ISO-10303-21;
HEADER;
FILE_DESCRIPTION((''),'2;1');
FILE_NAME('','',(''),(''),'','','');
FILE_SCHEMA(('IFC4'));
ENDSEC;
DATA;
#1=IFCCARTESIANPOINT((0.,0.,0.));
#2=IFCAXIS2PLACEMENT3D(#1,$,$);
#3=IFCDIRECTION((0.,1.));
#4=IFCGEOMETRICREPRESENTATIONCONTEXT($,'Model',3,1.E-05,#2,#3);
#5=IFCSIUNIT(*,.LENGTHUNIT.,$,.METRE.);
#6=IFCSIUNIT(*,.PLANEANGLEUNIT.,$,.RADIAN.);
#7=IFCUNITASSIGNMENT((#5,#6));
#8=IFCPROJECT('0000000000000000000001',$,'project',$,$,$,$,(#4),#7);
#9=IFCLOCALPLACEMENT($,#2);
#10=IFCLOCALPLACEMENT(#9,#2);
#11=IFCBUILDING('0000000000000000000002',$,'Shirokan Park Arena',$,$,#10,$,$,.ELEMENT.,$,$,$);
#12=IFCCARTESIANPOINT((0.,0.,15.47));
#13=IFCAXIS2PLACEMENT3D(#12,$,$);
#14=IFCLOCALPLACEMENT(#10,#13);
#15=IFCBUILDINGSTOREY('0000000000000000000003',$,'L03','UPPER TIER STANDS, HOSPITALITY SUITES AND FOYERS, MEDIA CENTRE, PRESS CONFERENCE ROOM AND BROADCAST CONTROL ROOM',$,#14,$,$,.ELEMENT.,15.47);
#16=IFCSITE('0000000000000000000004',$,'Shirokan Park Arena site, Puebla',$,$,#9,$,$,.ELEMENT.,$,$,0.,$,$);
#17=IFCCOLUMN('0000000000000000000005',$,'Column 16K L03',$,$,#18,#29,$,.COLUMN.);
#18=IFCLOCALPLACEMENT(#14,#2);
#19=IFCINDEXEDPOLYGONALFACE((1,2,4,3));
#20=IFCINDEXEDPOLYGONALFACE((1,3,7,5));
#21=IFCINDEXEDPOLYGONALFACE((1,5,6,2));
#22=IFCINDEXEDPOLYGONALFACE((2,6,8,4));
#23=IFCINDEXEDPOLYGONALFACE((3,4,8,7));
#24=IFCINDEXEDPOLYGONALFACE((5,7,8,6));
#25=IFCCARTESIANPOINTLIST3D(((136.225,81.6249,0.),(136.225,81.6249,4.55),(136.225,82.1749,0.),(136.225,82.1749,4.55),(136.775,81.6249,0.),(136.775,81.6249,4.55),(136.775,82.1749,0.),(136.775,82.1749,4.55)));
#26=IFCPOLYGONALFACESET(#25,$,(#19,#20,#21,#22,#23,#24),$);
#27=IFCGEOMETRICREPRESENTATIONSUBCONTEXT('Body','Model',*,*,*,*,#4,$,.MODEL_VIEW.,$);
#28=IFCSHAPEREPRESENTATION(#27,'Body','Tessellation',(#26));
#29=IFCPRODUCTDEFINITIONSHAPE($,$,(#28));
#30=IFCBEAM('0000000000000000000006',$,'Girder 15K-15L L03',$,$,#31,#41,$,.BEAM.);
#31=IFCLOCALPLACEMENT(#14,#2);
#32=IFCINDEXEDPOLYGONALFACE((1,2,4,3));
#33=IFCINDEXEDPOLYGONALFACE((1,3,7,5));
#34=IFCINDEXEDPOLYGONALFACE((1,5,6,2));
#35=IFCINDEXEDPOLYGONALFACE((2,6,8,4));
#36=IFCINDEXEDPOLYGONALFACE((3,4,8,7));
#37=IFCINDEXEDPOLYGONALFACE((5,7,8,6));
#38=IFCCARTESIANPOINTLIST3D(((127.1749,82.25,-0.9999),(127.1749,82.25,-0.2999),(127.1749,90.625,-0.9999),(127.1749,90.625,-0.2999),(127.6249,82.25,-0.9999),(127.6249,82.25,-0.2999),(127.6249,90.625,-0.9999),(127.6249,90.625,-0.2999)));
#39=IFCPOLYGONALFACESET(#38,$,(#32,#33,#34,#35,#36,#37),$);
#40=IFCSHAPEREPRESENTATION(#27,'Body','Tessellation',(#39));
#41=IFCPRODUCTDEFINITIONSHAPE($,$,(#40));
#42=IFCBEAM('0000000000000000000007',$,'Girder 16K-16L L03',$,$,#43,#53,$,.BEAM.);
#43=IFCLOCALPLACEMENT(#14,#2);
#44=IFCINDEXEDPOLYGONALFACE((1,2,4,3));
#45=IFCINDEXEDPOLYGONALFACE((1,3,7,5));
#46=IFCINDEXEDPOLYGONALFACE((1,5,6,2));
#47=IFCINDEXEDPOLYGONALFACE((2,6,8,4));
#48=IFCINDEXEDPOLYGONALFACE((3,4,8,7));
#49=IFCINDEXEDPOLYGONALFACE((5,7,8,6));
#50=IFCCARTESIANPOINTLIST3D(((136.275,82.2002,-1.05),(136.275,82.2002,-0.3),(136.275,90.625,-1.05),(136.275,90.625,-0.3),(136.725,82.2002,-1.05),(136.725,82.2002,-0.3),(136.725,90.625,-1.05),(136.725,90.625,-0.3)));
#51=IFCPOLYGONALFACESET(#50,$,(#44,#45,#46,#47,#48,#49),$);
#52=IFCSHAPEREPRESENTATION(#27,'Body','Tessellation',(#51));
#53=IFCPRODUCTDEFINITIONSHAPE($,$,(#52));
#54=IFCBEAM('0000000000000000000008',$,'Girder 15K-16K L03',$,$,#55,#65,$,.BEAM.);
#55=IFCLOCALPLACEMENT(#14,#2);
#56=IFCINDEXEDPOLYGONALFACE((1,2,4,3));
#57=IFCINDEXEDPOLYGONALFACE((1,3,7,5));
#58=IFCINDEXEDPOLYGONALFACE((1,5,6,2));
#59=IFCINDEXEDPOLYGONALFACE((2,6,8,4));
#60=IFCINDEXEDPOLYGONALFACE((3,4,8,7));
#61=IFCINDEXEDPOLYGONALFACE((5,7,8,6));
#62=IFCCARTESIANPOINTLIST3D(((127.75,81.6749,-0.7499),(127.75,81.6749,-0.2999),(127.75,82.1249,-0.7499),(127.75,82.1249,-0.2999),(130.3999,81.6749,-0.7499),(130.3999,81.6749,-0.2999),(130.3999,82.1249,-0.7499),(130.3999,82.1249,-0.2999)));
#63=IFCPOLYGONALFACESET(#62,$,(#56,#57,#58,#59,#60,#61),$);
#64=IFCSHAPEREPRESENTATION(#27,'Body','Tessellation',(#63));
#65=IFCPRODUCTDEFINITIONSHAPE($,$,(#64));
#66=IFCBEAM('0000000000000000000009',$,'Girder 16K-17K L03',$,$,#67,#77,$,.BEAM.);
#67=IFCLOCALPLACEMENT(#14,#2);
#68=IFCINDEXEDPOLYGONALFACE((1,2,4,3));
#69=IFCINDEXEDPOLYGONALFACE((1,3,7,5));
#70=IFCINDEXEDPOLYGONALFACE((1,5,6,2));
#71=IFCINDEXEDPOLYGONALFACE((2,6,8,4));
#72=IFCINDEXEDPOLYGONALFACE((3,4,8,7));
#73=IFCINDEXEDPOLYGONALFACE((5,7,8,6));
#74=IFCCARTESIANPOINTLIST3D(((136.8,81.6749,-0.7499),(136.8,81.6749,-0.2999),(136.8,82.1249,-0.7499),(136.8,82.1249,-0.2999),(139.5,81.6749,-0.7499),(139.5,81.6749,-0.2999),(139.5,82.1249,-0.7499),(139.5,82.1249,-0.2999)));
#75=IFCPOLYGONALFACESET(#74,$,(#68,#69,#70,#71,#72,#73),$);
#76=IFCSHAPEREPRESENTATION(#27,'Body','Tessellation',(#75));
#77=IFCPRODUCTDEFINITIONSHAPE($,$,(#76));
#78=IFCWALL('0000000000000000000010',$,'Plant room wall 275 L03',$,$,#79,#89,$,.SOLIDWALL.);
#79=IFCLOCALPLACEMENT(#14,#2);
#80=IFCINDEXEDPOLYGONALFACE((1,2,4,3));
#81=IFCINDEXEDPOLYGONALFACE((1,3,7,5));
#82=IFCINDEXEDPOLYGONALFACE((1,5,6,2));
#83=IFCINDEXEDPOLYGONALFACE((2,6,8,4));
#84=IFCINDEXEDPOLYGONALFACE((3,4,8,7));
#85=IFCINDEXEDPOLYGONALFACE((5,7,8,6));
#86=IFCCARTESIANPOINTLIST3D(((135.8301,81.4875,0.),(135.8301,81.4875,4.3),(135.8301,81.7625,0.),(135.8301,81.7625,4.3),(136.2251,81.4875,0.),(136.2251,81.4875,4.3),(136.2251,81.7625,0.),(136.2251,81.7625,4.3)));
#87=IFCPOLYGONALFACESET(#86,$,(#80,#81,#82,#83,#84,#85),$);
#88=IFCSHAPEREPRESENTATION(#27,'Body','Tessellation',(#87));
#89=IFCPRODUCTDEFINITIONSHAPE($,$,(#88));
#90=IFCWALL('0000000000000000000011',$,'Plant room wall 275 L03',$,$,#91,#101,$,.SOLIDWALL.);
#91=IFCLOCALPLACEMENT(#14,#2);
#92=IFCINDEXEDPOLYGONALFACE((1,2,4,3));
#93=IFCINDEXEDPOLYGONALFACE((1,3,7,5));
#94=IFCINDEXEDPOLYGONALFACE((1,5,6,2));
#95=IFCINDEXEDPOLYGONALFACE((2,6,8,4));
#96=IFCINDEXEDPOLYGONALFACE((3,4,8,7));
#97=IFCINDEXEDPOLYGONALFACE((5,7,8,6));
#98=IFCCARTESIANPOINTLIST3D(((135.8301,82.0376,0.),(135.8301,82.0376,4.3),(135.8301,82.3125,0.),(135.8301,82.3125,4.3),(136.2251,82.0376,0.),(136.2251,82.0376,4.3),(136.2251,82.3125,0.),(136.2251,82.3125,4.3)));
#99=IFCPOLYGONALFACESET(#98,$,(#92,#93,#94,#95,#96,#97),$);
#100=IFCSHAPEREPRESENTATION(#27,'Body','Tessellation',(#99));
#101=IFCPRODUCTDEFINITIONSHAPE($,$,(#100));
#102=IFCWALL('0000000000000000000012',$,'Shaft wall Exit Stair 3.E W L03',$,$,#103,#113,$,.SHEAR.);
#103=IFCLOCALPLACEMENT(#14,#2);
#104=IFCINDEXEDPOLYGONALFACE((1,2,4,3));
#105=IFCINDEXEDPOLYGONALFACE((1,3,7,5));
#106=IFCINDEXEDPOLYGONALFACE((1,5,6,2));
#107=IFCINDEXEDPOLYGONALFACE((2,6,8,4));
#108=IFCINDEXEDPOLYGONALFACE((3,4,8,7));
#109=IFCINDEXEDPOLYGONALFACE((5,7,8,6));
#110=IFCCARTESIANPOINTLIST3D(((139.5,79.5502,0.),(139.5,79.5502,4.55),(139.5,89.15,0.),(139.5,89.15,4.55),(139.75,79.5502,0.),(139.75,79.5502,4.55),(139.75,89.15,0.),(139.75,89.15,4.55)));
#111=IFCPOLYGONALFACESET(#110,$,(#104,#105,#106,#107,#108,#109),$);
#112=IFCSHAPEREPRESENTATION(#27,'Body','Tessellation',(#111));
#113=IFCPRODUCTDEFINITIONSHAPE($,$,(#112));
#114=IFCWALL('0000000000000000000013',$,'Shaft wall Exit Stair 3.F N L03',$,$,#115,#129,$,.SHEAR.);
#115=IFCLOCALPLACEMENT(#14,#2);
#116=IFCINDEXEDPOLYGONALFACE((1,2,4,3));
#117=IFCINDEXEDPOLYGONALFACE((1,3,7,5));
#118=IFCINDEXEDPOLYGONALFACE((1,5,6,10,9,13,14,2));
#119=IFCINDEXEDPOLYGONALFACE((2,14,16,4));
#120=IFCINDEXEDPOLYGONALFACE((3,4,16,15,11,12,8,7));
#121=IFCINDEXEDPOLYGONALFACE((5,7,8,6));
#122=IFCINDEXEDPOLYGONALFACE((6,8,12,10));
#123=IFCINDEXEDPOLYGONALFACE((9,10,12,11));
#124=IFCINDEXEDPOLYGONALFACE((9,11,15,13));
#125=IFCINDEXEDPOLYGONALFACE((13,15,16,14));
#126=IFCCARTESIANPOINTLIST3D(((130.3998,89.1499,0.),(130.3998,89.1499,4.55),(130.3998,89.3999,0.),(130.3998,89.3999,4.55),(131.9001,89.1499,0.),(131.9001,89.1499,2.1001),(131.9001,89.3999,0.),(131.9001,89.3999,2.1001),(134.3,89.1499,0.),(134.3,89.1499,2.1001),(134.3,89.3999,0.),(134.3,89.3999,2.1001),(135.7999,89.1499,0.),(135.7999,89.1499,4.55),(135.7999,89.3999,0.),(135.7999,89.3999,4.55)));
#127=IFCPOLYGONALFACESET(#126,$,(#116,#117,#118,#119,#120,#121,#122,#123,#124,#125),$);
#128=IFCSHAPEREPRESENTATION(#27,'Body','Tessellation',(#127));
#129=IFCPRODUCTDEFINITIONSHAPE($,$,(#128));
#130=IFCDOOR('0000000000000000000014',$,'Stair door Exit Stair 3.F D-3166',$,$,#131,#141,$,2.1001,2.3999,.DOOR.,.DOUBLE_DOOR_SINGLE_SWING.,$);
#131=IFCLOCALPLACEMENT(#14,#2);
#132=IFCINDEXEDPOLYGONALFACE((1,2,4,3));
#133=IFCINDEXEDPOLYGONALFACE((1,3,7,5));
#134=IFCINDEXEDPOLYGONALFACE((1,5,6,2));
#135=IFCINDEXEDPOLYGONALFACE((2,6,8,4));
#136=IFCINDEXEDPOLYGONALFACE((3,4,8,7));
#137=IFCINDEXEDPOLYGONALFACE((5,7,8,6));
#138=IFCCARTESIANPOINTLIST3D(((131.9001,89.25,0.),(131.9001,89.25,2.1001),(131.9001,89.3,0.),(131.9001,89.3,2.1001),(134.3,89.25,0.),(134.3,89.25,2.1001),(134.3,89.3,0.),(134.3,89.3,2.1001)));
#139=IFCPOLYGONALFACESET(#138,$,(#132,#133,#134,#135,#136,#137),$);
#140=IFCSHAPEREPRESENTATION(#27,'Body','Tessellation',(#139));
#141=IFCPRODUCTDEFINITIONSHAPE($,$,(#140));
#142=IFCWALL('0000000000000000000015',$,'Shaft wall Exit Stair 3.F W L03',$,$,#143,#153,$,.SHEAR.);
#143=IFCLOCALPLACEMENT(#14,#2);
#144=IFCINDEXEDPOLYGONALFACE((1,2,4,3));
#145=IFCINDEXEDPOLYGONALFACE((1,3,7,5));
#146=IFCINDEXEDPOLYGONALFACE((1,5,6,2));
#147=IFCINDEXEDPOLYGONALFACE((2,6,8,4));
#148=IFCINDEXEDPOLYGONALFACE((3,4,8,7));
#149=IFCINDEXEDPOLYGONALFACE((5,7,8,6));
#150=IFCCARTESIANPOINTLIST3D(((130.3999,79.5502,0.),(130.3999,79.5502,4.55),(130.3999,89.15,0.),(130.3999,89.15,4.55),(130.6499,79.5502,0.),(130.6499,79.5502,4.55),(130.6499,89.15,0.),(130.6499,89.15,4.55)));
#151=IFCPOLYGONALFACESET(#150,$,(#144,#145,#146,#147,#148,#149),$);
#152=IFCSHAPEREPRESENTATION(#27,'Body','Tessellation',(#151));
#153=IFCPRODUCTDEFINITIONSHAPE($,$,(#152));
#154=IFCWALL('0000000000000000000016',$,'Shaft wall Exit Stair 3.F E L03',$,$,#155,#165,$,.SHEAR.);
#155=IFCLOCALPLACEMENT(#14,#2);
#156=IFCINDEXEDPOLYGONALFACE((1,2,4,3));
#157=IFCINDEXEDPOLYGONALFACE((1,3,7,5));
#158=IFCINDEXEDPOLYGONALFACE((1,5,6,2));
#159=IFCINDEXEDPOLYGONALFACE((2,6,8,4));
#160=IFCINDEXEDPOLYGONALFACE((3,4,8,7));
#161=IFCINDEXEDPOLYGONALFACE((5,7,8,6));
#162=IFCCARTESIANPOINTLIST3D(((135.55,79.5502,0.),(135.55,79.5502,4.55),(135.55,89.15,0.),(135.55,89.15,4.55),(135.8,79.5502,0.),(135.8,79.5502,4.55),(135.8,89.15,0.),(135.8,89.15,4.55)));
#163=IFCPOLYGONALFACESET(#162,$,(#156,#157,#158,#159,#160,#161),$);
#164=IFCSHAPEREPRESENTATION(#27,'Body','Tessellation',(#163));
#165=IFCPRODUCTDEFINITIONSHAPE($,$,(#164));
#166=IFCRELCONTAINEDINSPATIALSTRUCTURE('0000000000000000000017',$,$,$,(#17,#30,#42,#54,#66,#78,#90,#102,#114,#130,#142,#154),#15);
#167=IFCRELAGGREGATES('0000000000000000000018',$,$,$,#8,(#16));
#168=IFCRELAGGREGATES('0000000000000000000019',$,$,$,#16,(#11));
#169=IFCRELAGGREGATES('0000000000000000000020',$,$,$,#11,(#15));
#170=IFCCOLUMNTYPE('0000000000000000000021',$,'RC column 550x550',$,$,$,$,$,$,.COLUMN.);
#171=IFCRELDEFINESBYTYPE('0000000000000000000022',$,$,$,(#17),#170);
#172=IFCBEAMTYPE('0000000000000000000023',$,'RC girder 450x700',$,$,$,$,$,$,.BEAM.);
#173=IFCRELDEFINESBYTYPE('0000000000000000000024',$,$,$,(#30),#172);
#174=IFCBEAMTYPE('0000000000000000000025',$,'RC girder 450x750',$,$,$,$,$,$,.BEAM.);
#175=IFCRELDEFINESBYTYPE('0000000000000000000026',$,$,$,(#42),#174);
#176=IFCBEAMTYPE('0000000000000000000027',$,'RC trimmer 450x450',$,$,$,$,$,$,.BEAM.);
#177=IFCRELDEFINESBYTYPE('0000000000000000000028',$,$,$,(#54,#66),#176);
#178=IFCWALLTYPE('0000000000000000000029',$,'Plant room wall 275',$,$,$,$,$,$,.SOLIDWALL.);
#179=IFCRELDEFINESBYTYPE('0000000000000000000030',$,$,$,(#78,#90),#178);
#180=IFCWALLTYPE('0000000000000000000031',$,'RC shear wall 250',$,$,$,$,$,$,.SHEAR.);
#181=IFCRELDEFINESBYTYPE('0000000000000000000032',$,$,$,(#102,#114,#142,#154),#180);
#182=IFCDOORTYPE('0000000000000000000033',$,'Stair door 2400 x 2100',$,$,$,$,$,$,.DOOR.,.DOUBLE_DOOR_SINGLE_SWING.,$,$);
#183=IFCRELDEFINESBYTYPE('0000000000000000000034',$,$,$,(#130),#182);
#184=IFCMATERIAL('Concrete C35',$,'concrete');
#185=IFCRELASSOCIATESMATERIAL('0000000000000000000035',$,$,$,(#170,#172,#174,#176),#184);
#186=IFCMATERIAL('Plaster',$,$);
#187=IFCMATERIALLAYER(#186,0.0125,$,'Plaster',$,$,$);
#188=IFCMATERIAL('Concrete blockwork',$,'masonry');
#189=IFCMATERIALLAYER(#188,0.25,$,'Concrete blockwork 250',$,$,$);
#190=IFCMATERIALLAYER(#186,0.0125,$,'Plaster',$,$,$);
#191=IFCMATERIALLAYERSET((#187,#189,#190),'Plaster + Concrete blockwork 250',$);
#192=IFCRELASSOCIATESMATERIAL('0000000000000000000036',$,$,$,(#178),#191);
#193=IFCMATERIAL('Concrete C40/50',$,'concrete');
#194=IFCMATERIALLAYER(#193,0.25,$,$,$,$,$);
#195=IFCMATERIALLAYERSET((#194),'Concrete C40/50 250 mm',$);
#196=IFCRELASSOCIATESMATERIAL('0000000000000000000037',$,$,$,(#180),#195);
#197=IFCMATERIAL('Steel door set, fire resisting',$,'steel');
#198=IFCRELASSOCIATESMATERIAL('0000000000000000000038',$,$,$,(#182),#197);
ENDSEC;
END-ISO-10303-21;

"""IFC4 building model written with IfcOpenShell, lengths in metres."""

from ifc_helpers import new_model, si_unit, direction, frame, frame_2d, origin, origin_2d, place, context, subcontext, project, spatial, rectangle, extrude, material, layer, layer_set, material_profile, profile_set, type_object, element, fill, save


model = new_model("IFC4")

# Units and contexts
model_context = context("Model", 3, precision=1e-05, world=origin(), true_north=direction((0.0, 1.0)))
body_context = subcontext(model_context, "Body", "Model", "MODEL_VIEW")
ifc_project = project(units=[si_unit("LENGTHUNIT", "METRE"), si_unit("PLANEANGLEUNIT", "RADIAN")], contexts=[model_context])

# Site, building, storey
site_placement = place(None, origin())
site = spatial("IfcSite", under=ifc_project, at=site_placement, Name="Shirokan Park Arena site, Puebla", CompositionType="ELEMENT", RefElevation=0.0)
building_placement = place(site_placement, origin())
building = spatial("IfcBuilding", under=site, at=building_placement, Name="Shirokan Park Arena", CompositionType="ELEMENT")
storey_placement = place(building_placement, frame((0.0, 0.0, 15.47)))
storey = spatial("IfcBuildingStorey", under=building, at=storey_placement, Name="L03", Description="UPPER TIER STANDS, HOSPITALITY SUITES AND FOYERS, MEDIA CENTRE, PRESS CONFERENCE ROOM AND BROADCAST CONTROL ROOM", CompositionType="ELEMENT", Elevation=15.47)

# Column
ifc_material_1 = material(Name="Concrete C35", Category="concrete")
ifc_material_profile_1 = material_profile(ifc_material_1, rectangle(XDim=0.55, YDim=0.55, at=origin_2d()), Name="550x550")
ifc_profile_set_1 = profile_set([ifc_material_profile_1], Name="Concrete C35")
column_type = type_object("IfcColumnType", Name="RC column 550x550", PredefinedType="COLUMN", material=ifc_profile_set_1)
column_placement = place(storey_placement, frame((136.5, 81.8999, 0.0), z_axis=(0.0, 0.0, 1.0), x_axis=(1.0, 0.0, 0.0)))
element("IfcColumn", 1, at=column_placement, inside=storey, type_object=column_type, Name="Column 16K L03", PredefinedType="COLUMN", context=body_context, shape_type="SweptSolid", body=[
    extrude(rectangle(XDim=0.55, YDim=0.55, at=origin_2d()), origin(), (0.0, 0.0, 1.0), 4.55),
])

# Beams
ifc_material_profile_2 = material_profile(ifc_material_1, rectangle(XDim=0.45, YDim=0.7, at=origin_2d()), Name="450x700")
ifc_profile_set_2 = profile_set([ifc_material_profile_2], Name="Concrete C35")
beam_type_1 = type_object("IfcBeamType", Name="RC girder 450x700", PredefinedType="BEAM", material=ifc_profile_set_2)
beam_1_placement = place(storey_placement, frame((127.3999, 82.25, -0.6499), z_axis=(0.0, 1.0, 0.0), x_axis=(-1.0, 0.0, 0.0)))
element("IfcBeam", 2, at=beam_1_placement, inside=storey, type_object=beam_type_1, Name="Girder 15K-15L L03", PredefinedType="BEAM", context=body_context, shape_type="SweptSolid", body=[
    extrude(rectangle(XDim=0.45, YDim=0.7, at=origin_2d()), origin(), (0.0, 0.0, 1.0), 8.375),
])
ifc_material_profile_3 = material_profile(ifc_material_1, rectangle(XDim=0.45, YDim=0.75, at=origin_2d()), Name="450x750")
ifc_profile_set_3 = profile_set([ifc_material_profile_3], Name="Concrete C35")
beam_type_2 = type_object("IfcBeamType", Name="RC girder 450x750", PredefinedType="BEAM", material=ifc_profile_set_3)
beam_2_placement = place(storey_placement, frame((136.5, 82.2002, -0.675), z_axis=(0.0, 1.0, 0.0), x_axis=(-1.0, 0.0, 0.0)))
element("IfcBeam", 3, at=beam_2_placement, inside=storey, type_object=beam_type_2, Name="Girder 16K-16L L03", PredefinedType="BEAM", context=body_context, shape_type="SweptSolid", body=[
    extrude(rectangle(XDim=0.45, YDim=0.75, at=origin_2d()), origin(), (0.0, 0.0, 1.0), 8.4248),
])
ifc_material_profile_4 = material_profile(ifc_material_1, rectangle(XDim=0.45, YDim=0.45, at=origin_2d()), Name="450x450")
ifc_profile_set_4 = profile_set([ifc_material_profile_4], Name="Concrete C35")
beam_type_3 = type_object("IfcBeamType", Name="RC trimmer 450x450", PredefinedType="BEAM", material=ifc_profile_set_4)
beam_3_placement = place(storey_placement, frame((127.75, 81.8999, -0.5249), z_axis=(1.0, 0.0, 0.0), x_axis=(0.0, 1.0, 0.0)))
element("IfcBeam", 4, at=beam_3_placement, inside=storey, type_object=beam_type_3, Name="Girder 15K-16K L03", PredefinedType="BEAM", context=body_context, shape_type="SweptSolid", body=[
    extrude(rectangle(XDim=0.45, YDim=0.45, at=origin_2d()), origin(), (0.0, 0.0, 1.0), 2.6499),
])
beam_4_placement = place(storey_placement, frame((136.8, 81.8999, -0.5249), z_axis=(1.0, 0.0, 0.0), x_axis=(0.0, 1.0, 0.0)))
element("IfcBeam", 5, at=beam_4_placement, inside=storey, type_object=beam_type_3, Name="Girder 16K-17K L03", PredefinedType="BEAM", context=body_context, shape_type="SweptSolid", body=[
    extrude(rectangle(XDim=0.45, YDim=0.45, at=origin_2d()), origin(), (0.0, 0.0, 1.0), 2.7),
])

# Walls
ifc_material_2 = material(Name="Plaster")
ifc_layer_1 = layer(ifc_material_2, 0.0125, Name="Plaster")
ifc_material_3 = material(Name="Concrete blockwork", Category="masonry")
ifc_layer_2 = layer(ifc_material_3, 0.25, Name="Concrete blockwork 250")
ifc_layer_3 = layer(ifc_material_2, 0.0125, Name="Plaster")
ifc_layer_set_1 = layer_set([ifc_layer_1, ifc_layer_2, ifc_layer_3], Name="Plaster + Concrete blockwork 250")
wall_type_1 = type_object("IfcWallType", Name="Plant room wall 275", PredefinedType="SOLIDWALL", material=ifc_layer_set_1)
for number, where, z_axis, x_axis, name in (
    (6, (135.8301, 81.625, 0.0), (0.0, 0.0, 1.0), (1.0, 0.0, 0.0), "Plant room wall 275 L03"),
    (7, (136.2251, 82.175, 0.0), (0.0, 0.0, 1.0), (-1.0, 0.0, 0.0), "Plant room wall 275 L03"),
):
    element("IfcWall", number, at=place(storey_placement, frame(where, z_axis=z_axis, x_axis=x_axis)), inside=storey, type_object=wall_type_1, Name=name, PredefinedType="SOLIDWALL", context=body_context, shape_type="SweptSolid", body=[
        extrude(rectangle(XDim=0.395, YDim=0.2749, at=frame_2d((0.1975, 0.0))), origin(), (0.0, 0.0, 1.0), 4.3),
    ])
ifc_material_4 = material(Name="Concrete C40/50", Category="concrete")
ifc_layer_4 = layer(ifc_material_4, 0.25)
ifc_layer_set_2 = layer_set([ifc_layer_4], Name="Concrete C40/50 250 mm")
wall_type_2 = type_object("IfcWallType", Name="RC shear wall 250", PredefinedType="SHEAR", material=ifc_layer_set_2)
wall_1_placement = place(storey_placement, frame((139.625, 89.1499, 0.0), z_axis=(0.0, 0.0, 1.0), x_axis=(0.0, -1.0, 0.0)))
element("IfcWall", 8, at=wall_1_placement, inside=storey, type_object=wall_type_2, Name="Shaft wall Exit Stair 3.E W L03", PredefinedType="SHEAR", context=body_context, shape_type="SweptSolid", body=[
    extrude(rectangle(XDim=9.5999, YDim=0.25, at=frame_2d((4.7998, 0.0))), origin(), (0.0, 0.0, 1.0), 4.55),
])

# Wall, opening, door
wall_2_placement = place(storey_placement, frame((135.8, 89.2749, 0.0), z_axis=(0.0, 0.0, 1.0), x_axis=(-1.0, 0.0, 0.0)))
wall_2 = element("IfcWall", 9, at=wall_2_placement, inside=storey, type_object=wall_type_2, Name="Shaft wall Exit Stair 3.F N L03", PredefinedType="SHEAR", context=body_context, shape_type="SweptSolid", body=[
    extrude(rectangle(XDim=5.4001, YDim=0.25, at=frame_2d((2.7002, 0.0))), origin(), (0.0, 0.0, 1.0), 4.55),
])
opening_placement = place(wall_2_placement, frame((1.5, 0.0, 0.0)))
opening = element("IfcOpeningElement", 10, at=opening_placement, cuts=wall_2, PredefinedType="OPENING", context=body_context, shape_type="SweptSolid", body=[
    extrude(rectangle(XDim=2.3999, YDim=2.1001, at=frame_2d((1.2, 1.05))), frame((0.0, 0.135, 0.0), z_axis=(0.0, -1.0, 0.0), x_axis=(1.0, 0.0, 0.0)), (0.0, 0.0, 1.0), 0.27),
])
ifc_material_5 = material(Name="Steel door set, fire resisting", Category="steel")
door_type = type_object("IfcDoorType", Name="Stair door 2400 x 2100", OperationType="DOUBLE_DOOR_SINGLE_SWING", PredefinedType="DOOR", material=ifc_material_5)
door_placement = place(opening_placement, origin())
door = element("IfcDoor", 11, at=door_placement, inside=storey, type_object=door_type, Name="Stair door Exit Stair 3.F D-3166", OperationType="DOUBLE_DOOR_SINGLE_SWING", OverallHeight=2.1001, OverallWidth=2.3999, PredefinedType="DOOR", context=body_context, shape_type="SweptSolid", body=[
    extrude(rectangle(XDim=2.3999, YDim=2.1001, at=frame_2d((1.2, 1.05))), frame((0.0, 0.0249, 0.0), z_axis=(0.0, -1.0, 0.0), x_axis=(1.0, 0.0, 0.0)), (0.0, 0.0, 1.0), 0.05),
])
fill(opening, door)

# Walls
for number, where, z_axis, x_axis, name in (
    (12, (130.5249, 89.1499, 0.0), (0.0, 0.0, 1.0), (0.0, -1.0, 0.0), "Shaft wall Exit Stair 3.F W L03"),
    (13, (135.675, 89.1499, 0.0), (0.0, 0.0, 1.0), (0.0, -1.0, 0.0), "Shaft wall Exit Stair 3.F E L03"),
):
    element("IfcWall", number, at=place(storey_placement, frame(where, z_axis=z_axis, x_axis=x_axis)), inside=storey, type_object=wall_type_2, Name=name, PredefinedType="SHEAR", context=body_context, shape_type="SweptSolid", body=[
        extrude(rectangle(XDim=9.5999, YDim=0.25, at=frame_2d((4.7998, 0.0))), origin(), (0.0, 0.0, 1.0), 4.55),
    ])

save(model, "model.ifc")
